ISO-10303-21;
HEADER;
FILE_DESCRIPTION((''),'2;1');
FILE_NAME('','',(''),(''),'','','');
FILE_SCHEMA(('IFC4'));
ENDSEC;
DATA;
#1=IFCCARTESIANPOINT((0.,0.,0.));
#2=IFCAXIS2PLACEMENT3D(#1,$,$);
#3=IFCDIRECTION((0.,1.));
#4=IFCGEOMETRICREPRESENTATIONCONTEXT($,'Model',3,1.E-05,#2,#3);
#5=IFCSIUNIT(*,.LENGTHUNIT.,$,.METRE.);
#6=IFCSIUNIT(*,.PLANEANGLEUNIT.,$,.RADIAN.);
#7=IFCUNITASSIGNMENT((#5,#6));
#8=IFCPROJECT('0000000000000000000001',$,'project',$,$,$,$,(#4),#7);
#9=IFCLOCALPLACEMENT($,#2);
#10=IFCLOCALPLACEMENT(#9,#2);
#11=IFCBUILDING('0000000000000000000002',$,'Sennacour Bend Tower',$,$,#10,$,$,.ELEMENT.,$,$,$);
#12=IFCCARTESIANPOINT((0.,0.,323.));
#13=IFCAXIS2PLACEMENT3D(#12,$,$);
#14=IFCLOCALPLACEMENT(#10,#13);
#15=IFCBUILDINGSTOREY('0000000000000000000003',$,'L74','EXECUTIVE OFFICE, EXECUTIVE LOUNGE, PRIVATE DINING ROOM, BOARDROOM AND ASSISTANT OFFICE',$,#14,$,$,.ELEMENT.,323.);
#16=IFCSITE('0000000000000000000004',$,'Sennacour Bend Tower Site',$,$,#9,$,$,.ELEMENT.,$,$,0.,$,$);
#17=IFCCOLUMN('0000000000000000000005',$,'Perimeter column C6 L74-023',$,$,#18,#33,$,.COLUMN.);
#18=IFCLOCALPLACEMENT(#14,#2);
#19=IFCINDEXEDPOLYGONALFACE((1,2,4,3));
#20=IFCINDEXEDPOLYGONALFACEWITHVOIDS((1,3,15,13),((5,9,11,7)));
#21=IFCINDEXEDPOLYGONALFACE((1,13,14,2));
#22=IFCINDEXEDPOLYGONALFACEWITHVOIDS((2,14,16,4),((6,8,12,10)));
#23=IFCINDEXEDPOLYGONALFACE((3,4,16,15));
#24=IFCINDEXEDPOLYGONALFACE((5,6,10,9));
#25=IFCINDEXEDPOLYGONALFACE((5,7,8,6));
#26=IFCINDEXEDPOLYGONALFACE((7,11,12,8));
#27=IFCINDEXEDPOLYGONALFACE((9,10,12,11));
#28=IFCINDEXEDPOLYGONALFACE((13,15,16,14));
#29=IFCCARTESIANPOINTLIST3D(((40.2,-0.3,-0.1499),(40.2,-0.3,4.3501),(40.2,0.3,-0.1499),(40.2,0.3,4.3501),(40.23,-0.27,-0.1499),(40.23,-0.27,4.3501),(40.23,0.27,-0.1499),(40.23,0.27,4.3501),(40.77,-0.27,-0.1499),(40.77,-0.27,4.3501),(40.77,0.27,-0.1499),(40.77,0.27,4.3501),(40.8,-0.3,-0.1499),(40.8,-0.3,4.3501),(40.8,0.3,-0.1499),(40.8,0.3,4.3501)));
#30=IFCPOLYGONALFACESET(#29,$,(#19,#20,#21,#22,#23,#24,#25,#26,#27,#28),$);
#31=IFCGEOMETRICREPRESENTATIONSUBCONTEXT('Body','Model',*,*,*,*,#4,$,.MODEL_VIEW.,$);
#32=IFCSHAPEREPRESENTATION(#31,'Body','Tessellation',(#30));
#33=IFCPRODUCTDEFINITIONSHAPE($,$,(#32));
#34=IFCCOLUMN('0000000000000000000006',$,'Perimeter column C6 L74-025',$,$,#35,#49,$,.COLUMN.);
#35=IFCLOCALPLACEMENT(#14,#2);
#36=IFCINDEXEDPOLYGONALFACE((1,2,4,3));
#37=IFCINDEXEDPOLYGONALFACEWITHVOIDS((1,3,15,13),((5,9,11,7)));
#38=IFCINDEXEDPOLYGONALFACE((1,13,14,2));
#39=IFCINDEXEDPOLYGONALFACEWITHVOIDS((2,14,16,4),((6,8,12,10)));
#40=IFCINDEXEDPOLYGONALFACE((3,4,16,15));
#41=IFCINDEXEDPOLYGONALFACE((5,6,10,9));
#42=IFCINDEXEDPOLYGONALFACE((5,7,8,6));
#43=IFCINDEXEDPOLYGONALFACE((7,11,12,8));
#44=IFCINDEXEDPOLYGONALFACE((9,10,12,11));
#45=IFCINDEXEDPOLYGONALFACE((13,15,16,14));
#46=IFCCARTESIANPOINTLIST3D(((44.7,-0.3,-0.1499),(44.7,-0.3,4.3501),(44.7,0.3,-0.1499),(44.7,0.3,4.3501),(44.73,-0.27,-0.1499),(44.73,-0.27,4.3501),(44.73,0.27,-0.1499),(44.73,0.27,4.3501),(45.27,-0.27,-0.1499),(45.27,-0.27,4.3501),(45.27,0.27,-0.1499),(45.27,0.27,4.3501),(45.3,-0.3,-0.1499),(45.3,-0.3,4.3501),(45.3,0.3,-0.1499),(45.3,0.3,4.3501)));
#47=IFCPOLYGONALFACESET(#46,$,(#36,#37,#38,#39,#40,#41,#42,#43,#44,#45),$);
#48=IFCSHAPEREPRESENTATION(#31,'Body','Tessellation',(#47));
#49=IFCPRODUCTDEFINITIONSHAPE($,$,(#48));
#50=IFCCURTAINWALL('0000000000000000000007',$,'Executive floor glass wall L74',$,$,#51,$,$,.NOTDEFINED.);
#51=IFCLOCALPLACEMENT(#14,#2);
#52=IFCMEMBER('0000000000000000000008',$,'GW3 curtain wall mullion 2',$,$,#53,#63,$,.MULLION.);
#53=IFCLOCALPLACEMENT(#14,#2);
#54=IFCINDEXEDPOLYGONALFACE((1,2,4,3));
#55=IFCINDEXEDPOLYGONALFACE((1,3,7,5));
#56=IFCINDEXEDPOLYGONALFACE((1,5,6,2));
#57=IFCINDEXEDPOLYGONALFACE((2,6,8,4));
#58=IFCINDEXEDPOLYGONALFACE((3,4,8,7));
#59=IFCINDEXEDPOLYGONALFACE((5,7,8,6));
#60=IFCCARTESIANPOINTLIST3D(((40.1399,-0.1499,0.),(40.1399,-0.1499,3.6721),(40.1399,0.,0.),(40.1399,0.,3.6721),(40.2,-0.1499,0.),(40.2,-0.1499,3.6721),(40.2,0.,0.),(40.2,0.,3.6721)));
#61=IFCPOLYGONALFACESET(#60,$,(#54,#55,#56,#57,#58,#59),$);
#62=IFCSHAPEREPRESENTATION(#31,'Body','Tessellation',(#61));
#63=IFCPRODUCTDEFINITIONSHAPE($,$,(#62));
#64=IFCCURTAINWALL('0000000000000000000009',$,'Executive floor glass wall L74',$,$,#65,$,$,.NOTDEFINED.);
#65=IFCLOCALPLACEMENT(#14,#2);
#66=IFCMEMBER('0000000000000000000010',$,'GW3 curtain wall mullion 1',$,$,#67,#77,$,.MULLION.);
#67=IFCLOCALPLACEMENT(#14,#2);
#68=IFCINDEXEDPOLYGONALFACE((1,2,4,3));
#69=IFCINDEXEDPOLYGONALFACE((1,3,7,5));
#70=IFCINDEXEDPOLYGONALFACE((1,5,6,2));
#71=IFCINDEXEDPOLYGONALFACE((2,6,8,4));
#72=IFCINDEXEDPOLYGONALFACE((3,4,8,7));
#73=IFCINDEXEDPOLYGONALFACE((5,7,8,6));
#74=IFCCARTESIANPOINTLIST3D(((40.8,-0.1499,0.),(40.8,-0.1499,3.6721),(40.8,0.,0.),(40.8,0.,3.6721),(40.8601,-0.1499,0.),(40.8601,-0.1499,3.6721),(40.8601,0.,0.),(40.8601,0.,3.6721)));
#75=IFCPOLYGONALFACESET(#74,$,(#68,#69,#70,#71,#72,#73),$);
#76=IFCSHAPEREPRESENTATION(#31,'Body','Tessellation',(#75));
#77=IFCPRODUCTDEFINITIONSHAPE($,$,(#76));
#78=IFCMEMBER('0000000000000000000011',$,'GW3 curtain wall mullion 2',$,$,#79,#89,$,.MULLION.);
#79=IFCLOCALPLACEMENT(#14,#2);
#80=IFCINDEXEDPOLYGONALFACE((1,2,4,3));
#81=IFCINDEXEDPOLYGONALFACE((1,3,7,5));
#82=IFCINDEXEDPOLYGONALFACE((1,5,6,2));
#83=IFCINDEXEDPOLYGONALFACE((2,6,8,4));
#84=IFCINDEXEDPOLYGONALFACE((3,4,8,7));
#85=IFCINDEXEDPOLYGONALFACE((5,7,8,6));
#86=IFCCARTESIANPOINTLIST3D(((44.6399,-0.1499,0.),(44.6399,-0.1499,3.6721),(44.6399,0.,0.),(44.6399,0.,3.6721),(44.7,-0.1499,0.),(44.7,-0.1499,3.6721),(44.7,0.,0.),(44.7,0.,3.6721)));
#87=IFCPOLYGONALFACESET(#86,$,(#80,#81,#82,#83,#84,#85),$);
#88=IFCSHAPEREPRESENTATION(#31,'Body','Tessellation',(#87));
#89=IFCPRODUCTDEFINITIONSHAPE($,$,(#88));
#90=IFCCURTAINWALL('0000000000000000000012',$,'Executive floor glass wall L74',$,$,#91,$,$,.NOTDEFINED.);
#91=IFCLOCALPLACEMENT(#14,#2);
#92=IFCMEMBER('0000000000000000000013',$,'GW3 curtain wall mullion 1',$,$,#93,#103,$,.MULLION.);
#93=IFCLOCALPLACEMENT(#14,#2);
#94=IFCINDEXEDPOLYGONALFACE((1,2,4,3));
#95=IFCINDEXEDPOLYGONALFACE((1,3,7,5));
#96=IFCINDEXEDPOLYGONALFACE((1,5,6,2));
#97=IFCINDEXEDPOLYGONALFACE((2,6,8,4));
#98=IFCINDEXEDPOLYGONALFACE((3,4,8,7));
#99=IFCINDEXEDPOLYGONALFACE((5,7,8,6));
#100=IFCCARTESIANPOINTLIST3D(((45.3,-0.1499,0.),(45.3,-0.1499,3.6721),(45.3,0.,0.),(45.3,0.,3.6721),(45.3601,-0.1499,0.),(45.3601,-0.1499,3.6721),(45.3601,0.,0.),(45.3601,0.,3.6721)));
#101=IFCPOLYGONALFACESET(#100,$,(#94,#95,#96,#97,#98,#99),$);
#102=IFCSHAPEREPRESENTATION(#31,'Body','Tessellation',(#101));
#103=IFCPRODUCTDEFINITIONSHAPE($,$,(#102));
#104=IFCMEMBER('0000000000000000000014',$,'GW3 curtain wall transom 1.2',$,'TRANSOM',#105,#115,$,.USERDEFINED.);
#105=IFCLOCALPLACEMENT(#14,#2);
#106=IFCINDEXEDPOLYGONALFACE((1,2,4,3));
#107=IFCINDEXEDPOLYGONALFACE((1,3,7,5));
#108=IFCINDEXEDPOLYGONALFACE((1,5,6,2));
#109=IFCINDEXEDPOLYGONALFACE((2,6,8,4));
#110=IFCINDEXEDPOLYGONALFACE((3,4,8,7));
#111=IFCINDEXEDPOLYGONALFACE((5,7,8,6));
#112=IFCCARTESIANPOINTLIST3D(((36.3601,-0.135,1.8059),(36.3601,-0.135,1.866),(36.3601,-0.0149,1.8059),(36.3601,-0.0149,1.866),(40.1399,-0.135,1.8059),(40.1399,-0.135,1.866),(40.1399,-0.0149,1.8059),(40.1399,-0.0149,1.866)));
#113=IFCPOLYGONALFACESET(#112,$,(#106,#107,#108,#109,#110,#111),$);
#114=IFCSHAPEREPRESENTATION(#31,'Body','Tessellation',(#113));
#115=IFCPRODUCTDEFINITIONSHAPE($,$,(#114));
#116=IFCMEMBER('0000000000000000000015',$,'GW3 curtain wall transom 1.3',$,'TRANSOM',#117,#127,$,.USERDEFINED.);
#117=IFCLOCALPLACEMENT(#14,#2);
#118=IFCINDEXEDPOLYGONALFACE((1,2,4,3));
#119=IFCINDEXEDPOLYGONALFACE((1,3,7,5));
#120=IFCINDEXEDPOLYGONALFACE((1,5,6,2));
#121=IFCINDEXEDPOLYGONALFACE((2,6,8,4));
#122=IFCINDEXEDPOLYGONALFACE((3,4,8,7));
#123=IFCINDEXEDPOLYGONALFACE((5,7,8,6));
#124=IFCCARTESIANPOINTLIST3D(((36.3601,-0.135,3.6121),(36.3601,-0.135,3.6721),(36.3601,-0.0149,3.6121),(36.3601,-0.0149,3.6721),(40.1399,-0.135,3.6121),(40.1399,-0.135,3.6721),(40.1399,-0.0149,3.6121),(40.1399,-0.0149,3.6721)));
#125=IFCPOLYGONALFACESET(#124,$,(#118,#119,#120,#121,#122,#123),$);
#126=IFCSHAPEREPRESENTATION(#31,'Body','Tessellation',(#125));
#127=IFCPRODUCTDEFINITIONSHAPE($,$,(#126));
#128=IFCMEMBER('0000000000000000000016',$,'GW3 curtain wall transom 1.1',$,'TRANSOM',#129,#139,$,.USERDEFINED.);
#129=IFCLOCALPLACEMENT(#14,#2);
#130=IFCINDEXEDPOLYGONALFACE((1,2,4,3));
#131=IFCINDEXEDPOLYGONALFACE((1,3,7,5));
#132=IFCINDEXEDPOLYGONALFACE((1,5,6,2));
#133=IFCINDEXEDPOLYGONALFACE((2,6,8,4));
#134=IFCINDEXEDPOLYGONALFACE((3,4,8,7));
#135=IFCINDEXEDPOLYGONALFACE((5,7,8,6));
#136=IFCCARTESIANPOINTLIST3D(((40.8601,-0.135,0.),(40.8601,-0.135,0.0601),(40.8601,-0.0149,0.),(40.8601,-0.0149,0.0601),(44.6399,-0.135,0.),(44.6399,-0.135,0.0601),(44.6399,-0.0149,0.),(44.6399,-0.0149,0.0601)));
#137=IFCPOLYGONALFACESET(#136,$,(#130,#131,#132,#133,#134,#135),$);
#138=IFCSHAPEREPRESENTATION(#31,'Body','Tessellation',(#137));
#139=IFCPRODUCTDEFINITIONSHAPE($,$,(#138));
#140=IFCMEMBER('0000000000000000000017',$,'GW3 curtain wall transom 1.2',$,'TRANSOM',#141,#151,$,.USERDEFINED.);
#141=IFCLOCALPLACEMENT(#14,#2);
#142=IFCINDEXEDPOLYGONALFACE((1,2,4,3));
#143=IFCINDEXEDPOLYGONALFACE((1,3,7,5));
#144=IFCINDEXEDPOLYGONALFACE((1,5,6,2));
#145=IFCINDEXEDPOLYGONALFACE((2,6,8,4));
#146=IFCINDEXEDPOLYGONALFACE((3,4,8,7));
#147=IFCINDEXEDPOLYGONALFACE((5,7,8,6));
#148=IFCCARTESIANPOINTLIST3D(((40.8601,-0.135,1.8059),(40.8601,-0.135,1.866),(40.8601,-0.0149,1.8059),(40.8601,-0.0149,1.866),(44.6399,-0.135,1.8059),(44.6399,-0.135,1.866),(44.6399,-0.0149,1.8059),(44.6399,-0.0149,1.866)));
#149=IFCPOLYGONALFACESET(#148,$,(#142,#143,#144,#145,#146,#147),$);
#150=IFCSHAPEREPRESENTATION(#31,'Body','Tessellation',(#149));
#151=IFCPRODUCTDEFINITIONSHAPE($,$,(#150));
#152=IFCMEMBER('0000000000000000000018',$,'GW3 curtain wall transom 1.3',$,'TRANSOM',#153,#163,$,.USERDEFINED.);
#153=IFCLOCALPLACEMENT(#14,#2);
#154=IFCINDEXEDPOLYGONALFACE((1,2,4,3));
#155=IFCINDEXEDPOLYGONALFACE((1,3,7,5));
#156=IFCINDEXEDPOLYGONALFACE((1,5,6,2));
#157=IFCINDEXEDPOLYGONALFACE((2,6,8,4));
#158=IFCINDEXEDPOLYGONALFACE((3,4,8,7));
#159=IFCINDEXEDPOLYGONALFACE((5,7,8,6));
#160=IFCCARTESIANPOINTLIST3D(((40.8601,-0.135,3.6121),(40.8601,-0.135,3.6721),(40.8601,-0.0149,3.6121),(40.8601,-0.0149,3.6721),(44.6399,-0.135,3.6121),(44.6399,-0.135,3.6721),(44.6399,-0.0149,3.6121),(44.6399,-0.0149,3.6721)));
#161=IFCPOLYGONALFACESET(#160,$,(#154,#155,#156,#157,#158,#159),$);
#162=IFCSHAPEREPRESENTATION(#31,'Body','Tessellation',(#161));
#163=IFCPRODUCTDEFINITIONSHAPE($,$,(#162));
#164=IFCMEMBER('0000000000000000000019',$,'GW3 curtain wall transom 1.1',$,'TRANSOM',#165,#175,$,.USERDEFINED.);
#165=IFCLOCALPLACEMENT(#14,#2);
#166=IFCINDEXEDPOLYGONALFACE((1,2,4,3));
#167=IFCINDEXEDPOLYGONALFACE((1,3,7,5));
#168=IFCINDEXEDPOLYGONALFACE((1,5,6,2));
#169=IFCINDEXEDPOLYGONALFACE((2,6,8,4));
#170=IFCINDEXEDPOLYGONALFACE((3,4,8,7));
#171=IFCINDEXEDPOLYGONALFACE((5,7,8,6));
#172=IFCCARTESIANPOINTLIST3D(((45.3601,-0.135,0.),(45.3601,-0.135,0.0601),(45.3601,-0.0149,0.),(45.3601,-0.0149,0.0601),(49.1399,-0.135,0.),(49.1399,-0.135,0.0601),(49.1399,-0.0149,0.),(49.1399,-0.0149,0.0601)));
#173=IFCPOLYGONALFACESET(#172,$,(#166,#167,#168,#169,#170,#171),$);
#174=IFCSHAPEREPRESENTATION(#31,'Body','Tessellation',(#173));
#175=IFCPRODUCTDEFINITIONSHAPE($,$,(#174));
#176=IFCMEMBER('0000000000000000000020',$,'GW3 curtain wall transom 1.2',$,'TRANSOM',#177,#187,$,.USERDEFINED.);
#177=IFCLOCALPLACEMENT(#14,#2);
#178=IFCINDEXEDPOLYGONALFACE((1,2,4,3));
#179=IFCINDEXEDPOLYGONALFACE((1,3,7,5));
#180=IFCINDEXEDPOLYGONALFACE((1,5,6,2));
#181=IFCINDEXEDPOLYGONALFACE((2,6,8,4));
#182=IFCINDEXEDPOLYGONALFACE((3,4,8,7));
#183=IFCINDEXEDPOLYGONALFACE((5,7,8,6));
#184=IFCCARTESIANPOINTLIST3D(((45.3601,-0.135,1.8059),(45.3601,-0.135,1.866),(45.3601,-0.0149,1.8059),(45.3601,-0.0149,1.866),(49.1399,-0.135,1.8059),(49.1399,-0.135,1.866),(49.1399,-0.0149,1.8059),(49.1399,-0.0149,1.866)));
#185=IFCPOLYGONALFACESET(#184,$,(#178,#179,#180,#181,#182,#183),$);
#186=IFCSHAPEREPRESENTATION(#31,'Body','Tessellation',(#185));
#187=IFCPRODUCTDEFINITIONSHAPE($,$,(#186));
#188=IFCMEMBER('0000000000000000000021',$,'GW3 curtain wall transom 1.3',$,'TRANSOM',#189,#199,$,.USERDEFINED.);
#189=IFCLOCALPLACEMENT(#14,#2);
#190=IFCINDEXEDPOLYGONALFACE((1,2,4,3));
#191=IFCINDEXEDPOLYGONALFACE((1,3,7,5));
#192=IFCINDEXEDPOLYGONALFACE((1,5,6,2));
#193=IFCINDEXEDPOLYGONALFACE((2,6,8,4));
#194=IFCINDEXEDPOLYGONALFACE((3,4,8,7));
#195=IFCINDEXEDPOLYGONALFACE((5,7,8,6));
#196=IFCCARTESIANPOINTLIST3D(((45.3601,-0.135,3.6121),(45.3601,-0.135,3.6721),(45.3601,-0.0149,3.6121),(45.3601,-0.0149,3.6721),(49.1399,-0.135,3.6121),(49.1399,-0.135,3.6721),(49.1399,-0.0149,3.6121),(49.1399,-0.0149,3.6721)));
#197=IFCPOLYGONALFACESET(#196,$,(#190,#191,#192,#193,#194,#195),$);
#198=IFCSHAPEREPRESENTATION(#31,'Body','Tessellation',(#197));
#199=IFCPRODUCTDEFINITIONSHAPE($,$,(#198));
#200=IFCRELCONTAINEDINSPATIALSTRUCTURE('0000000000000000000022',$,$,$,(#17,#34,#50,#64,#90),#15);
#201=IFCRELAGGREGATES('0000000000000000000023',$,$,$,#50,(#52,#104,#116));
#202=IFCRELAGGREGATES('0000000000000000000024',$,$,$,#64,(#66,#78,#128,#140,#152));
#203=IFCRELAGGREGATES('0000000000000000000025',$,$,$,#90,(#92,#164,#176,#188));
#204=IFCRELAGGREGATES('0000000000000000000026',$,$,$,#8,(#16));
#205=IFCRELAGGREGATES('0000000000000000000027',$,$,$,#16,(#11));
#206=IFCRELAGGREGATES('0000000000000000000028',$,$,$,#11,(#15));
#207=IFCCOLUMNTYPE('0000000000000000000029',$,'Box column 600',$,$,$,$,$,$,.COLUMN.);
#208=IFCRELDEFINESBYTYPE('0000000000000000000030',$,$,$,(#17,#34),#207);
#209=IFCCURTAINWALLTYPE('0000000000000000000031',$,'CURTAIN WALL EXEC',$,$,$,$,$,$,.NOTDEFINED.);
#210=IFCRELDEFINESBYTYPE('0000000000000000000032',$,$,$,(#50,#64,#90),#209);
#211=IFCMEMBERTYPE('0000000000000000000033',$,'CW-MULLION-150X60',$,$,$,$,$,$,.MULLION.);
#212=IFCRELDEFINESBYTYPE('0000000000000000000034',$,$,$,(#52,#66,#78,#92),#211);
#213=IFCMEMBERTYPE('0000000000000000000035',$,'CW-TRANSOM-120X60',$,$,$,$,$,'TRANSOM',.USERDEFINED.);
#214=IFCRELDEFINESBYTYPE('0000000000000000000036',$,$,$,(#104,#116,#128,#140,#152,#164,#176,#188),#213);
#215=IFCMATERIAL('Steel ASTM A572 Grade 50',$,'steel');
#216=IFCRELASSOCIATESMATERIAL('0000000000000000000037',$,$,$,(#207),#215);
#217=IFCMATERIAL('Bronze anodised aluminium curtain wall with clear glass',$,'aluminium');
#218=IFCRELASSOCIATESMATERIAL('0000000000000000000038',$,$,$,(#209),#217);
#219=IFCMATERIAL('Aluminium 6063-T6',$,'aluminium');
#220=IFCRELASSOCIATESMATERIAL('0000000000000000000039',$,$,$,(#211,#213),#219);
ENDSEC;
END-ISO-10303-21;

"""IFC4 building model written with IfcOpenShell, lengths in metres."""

from ifc_helpers import new_model, si_unit, direction, frame, origin, origin_2d, place, context, subcontext, project, spatial, rectangle, hollow_rectangle, extrude, material, material_profile, profile_set, type_object, element, aggregate, save


model = new_model("IFC4")

# Units and contexts
model_context = context("Model", 3, precision=1e-05, world=origin(), true_north=direction((0.0, 1.0)))
body_context = subcontext(model_context, "Body", "Model", "MODEL_VIEW")
ifc_project = project(units=[si_unit("LENGTHUNIT", "METRE"), si_unit("PLANEANGLEUNIT", "RADIAN")], contexts=[model_context])

# Site, building, storey
site_placement = place(None, origin())
site = spatial("IfcSite", under=ifc_project, at=site_placement, Name="Sennacour Bend Tower Site", CompositionType="ELEMENT", RefElevation=0.0)
building_placement = place(site_placement, origin())
building = spatial("IfcBuilding", under=site, at=building_placement, Name="Sennacour Bend Tower", CompositionType="ELEMENT")
storey_placement = place(building_placement, frame((0.0, 0.0, 323.0)))
storey = spatial("IfcBuildingStorey", under=building, at=storey_placement, Name="L74", Description="EXECUTIVE OFFICE, EXECUTIVE LOUNGE, PRIVATE DINING ROOM, BOARDROOM AND ASSISTANT OFFICE", CompositionType="ELEMENT", Elevation=323.0)

# Columns
ifc_material_1 = material(Name="Steel ASTM A572 Grade 50", Category="steel")
ifc_material_profile_1 = material_profile(ifc_material_1, hollow_rectangle(XDim=0.6001, YDim=0.6001, WallThickness=0.03, at=origin_2d()), Name="Steel ASTM A572 Grade 50", Category="steel")
ifc_profile_set_1 = profile_set([ifc_material_profile_1], Name="Steel ASTM A572 Grade 50")
column_type = type_object("IfcColumnType", Name="Box column 600", PredefinedType="COLUMN", material=ifc_profile_set_1)
for number, where, z_axis, x_axis, name in (
    (1, (40.5, 0.0, -0.1499), (0.0, 0.0, 1.0), (1.0, 0.0, 0.0), "Perimeter column C6 L74-023"),
    (2, (45.0, 0.0, -0.1499), (0.0, 0.0, 1.0), (1.0, 0.0, 0.0), "Perimeter column C6 L74-025"),
):
    element("IfcColumn", number, at=place(storey_placement, frame(where, z_axis=z_axis, x_axis=x_axis)), inside=storey, type_object=column_type, Name=name, PredefinedType="COLUMN", context=body_context, shape_type="SweptSolid", body=[
        extrude(hollow_rectangle(XDim=0.6001, YDim=0.6001, WallThickness=0.03, at=origin_2d()), origin(), (0.0, 0.0, 1.0), 4.5),
    ])

# Curtain wall, member
ifc_material_2 = material(Name="Bronze anodised aluminium curtain wall with clear glass", Category="aluminium")
curtain_wall_type = type_object("IfcCurtainWallType", Name="CURTAIN WALL EXEC", PredefinedType="NOTDEFINED", material=ifc_material_2)
curtain_wall_1_placement = place(storey_placement, origin())
curtain_wall_1 = element("IfcCurtainWall", 3, at=curtain_wall_1_placement, inside=storey, type_object=curtain_wall_type, Name="Executive floor glass wall L74", PredefinedType="NOTDEFINED")
ifc_material_3 = material(Name="Aluminium 6063-T6", Category="aluminium")
ifc_material_profile_2 = material_profile(ifc_material_3, rectangle(XDim=0.1499, YDim=0.0601, at=origin_2d()), Name="Aluminium 6063-T6", Category="aluminium")
ifc_profile_set_2 = profile_set([ifc_material_profile_2], Name="Aluminium 6063-T6")
member_type_1 = type_object("IfcMemberType", Name="CW-MULLION-150X60", PredefinedType="MULLION", material=ifc_profile_set_2)
member_1_placement = place(storey_placement, frame((40.1699, -0.075, 0.0), z_axis=(0.0, 0.0, 1.0), x_axis=(0.0, 1.0, 0.0)))
member_1 = element("IfcMember", 4, at=member_1_placement, type_object=member_type_1, Name="GW3 curtain wall mullion 2", PredefinedType="MULLION", context=body_context, shape_type="SweptSolid", body=[
    extrude(rectangle(XDim=0.1499, YDim=0.0601, at=origin_2d()), origin(), (0.0, 0.0, 1.0), 3.6721),
])

# Curtain wall, members
curtain_wall_2_placement = place(storey_placement, origin())
curtain_wall_2 = element("IfcCurtainWall", 5, at=curtain_wall_2_placement, inside=storey, type_object=curtain_wall_type, Name="Executive floor glass wall L74", PredefinedType="NOTDEFINED")
member_2_placement = place(storey_placement, frame((40.8301, -0.075, 0.0), z_axis=(0.0, 0.0, 1.0), x_axis=(0.0, 1.0, 0.0)))
member_2 = element("IfcMember", 6, at=member_2_placement, type_object=member_type_1, Name="GW3 curtain wall mullion 1", PredefinedType="MULLION", context=body_context, shape_type="SweptSolid", body=[
    extrude(rectangle(XDim=0.1499, YDim=0.0601, at=origin_2d()), origin(), (0.0, 0.0, 1.0), 3.6721),
])
member_3_placement = place(storey_placement, frame((44.6699, -0.075, 0.0), z_axis=(0.0, 0.0, 1.0), x_axis=(0.0, 1.0, 0.0)))
member_3 = element("IfcMember", 7, at=member_3_placement, type_object=member_type_1, Name="GW3 curtain wall mullion 2", PredefinedType="MULLION", context=body_context, shape_type="SweptSolid", body=[
    extrude(rectangle(XDim=0.1499, YDim=0.0601, at=origin_2d()), origin(), (0.0, 0.0, 1.0), 3.6721),
])

# Curtain wall, member
curtain_wall_3_placement = place(storey_placement, origin())
curtain_wall_3 = element("IfcCurtainWall", 8, at=curtain_wall_3_placement, inside=storey, type_object=curtain_wall_type, Name="Executive floor glass wall L74", PredefinedType="NOTDEFINED")
member_4_placement = place(storey_placement, frame((45.3301, -0.075, 0.0), z_axis=(0.0, 0.0, 1.0), x_axis=(0.0, 1.0, 0.0)))
member_4 = element("IfcMember", 9, at=member_4_placement, type_object=member_type_1, Name="GW3 curtain wall mullion 1", PredefinedType="MULLION", context=body_context, shape_type="SweptSolid", body=[
    extrude(rectangle(XDim=0.1499, YDim=0.0601, at=origin_2d()), origin(), (0.0, 0.0, 1.0), 3.6721),
])

# Members
ifc_material_profile_3 = material_profile(ifc_material_3, rectangle(XDim=0.1201, YDim=0.0601, at=origin_2d()), Name="Aluminium 6063-T6", Category="aluminium")
ifc_profile_set_3 = profile_set([ifc_material_profile_3], Name="Aluminium 6063-T6")
member_type_2 = type_object("IfcMemberType", Name="CW-TRANSOM-120X60", ElementType="TRANSOM", PredefinedType="USERDEFINED", material=ifc_profile_set_3)
member_5_placement = place(storey_placement, frame((36.3601, -0.075, 1.8359), z_axis=(1.0, 0.0, 0.0), x_axis=(0.0, 1.0, 0.0)))
member_5 = element("IfcMember", 10, at=member_5_placement, type_object=member_type_2, Name="GW3 curtain wall transom 1.2", ObjectType="TRANSOM", PredefinedType="USERDEFINED", context=body_context, shape_type="SweptSolid", body=[
    extrude(rectangle(XDim=0.1201, YDim=0.0601, at=origin_2d()), origin(), (0.0, 0.0, 1.0), 3.7798),
])
member_6_placement = place(storey_placement, frame((36.3601, -0.075, 3.6421), z_axis=(1.0, 0.0, 0.0), x_axis=(0.0, 1.0, 0.0)))
member_6 = element("IfcMember", 11, at=member_6_placement, type_object=member_type_2, Name="GW3 curtain wall transom 1.3", ObjectType="TRANSOM", PredefinedType="USERDEFINED", context=body_context, shape_type="SweptSolid", body=[
    extrude(rectangle(XDim=0.1201, YDim=0.0601, at=origin_2d()), origin(), (0.0, 0.0, 1.0), 3.7798),
])
member_7_placement = place(storey_placement, frame((40.8601, -0.075, 0.03), z_axis=(1.0, 0.0, 0.0), x_axis=(0.0, 1.0, 0.0)))
member_7 = element("IfcMember", 12, at=member_7_placement, type_object=member_type_2, Name="GW3 curtain wall transom 1.1", ObjectType="TRANSOM", PredefinedType="USERDEFINED", context=body_context, shape_type="SweptSolid", body=[
    extrude(rectangle(XDim=0.1201, YDim=0.0601, at=origin_2d()), origin(), (0.0, 0.0, 1.0), 3.7798),
])
member_8_placement = place(storey_placement, frame((40.8601, -0.075, 1.8359), z_axis=(1.0, 0.0, 0.0), x_axis=(0.0, 1.0, 0.0)))
member_8 = element("IfcMember", 13, at=member_8_placement, type_object=member_type_2, Name="GW3 curtain wall transom 1.2", ObjectType="TRANSOM", PredefinedType="USERDEFINED", context=body_context, shape_type="SweptSolid", body=[
    extrude(rectangle(XDim=0.1201, YDim=0.0601, at=origin_2d()), origin(), (0.0, 0.0, 1.0), 3.7798),
])
member_9_placement = place(storey_placement, frame((40.8601, -0.075, 3.6421), z_axis=(1.0, 0.0, 0.0), x_axis=(0.0, 1.0, 0.0)))
member_9 = element("IfcMember", 14, at=member_9_placement, type_object=member_type_2, Name="GW3 curtain wall transom 1.3", ObjectType="TRANSOM", PredefinedType="USERDEFINED", context=body_context, shape_type="SweptSolid", body=[
    extrude(rectangle(XDim=0.1201, YDim=0.0601, at=origin_2d()), origin(), (0.0, 0.0, 1.0), 3.7798),
])
member_10_placement = place(storey_placement, frame((45.3601, -0.075, 0.03), z_axis=(1.0, 0.0, 0.0), x_axis=(0.0, 1.0, 0.0)))
member_10 = element("IfcMember", 15, at=member_10_placement, type_object=member_type_2, Name="GW3 curtain wall transom 1.1", ObjectType="TRANSOM", PredefinedType="USERDEFINED", context=body_context, shape_type="SweptSolid", body=[
    extrude(rectangle(XDim=0.1201, YDim=0.0601, at=origin_2d()), origin(), (0.0, 0.0, 1.0), 3.7798),
])
member_11_placement = place(storey_placement, frame((45.3601, -0.075, 1.8359), z_axis=(1.0, 0.0, 0.0), x_axis=(0.0, 1.0, 0.0)))
member_11 = element("IfcMember", 16, at=member_11_placement, type_object=member_type_2, Name="GW3 curtain wall transom 1.2", ObjectType="TRANSOM", PredefinedType="USERDEFINED", context=body_context, shape_type="SweptSolid", body=[
    extrude(rectangle(XDim=0.1201, YDim=0.0601, at=origin_2d()), origin(), (0.0, 0.0, 1.0), 3.7798),
])
member_12_placement = place(storey_placement, frame((45.3601, -0.075, 3.6421), z_axis=(1.0, 0.0, 0.0), x_axis=(0.0, 1.0, 0.0)))
member_12 = element("IfcMember", 17, at=member_12_placement, type_object=member_type_2, Name="GW3 curtain wall transom 1.3", ObjectType="TRANSOM", PredefinedType="USERDEFINED", context=body_context, shape_type="SweptSolid", body=[
    extrude(rectangle(XDim=0.1201, YDim=0.0601, at=origin_2d()), origin(), (0.0, 0.0, 1.0), 3.7798),
])

aggregate(curtain_wall_1, [member_1, member_5, member_6])
aggregate(curtain_wall_2, [member_2, member_3, member_7, member_8, member_9])
aggregate(curtain_wall_3, [member_4, member_10, member_11, member_12])

save(model, "model.ifc")
